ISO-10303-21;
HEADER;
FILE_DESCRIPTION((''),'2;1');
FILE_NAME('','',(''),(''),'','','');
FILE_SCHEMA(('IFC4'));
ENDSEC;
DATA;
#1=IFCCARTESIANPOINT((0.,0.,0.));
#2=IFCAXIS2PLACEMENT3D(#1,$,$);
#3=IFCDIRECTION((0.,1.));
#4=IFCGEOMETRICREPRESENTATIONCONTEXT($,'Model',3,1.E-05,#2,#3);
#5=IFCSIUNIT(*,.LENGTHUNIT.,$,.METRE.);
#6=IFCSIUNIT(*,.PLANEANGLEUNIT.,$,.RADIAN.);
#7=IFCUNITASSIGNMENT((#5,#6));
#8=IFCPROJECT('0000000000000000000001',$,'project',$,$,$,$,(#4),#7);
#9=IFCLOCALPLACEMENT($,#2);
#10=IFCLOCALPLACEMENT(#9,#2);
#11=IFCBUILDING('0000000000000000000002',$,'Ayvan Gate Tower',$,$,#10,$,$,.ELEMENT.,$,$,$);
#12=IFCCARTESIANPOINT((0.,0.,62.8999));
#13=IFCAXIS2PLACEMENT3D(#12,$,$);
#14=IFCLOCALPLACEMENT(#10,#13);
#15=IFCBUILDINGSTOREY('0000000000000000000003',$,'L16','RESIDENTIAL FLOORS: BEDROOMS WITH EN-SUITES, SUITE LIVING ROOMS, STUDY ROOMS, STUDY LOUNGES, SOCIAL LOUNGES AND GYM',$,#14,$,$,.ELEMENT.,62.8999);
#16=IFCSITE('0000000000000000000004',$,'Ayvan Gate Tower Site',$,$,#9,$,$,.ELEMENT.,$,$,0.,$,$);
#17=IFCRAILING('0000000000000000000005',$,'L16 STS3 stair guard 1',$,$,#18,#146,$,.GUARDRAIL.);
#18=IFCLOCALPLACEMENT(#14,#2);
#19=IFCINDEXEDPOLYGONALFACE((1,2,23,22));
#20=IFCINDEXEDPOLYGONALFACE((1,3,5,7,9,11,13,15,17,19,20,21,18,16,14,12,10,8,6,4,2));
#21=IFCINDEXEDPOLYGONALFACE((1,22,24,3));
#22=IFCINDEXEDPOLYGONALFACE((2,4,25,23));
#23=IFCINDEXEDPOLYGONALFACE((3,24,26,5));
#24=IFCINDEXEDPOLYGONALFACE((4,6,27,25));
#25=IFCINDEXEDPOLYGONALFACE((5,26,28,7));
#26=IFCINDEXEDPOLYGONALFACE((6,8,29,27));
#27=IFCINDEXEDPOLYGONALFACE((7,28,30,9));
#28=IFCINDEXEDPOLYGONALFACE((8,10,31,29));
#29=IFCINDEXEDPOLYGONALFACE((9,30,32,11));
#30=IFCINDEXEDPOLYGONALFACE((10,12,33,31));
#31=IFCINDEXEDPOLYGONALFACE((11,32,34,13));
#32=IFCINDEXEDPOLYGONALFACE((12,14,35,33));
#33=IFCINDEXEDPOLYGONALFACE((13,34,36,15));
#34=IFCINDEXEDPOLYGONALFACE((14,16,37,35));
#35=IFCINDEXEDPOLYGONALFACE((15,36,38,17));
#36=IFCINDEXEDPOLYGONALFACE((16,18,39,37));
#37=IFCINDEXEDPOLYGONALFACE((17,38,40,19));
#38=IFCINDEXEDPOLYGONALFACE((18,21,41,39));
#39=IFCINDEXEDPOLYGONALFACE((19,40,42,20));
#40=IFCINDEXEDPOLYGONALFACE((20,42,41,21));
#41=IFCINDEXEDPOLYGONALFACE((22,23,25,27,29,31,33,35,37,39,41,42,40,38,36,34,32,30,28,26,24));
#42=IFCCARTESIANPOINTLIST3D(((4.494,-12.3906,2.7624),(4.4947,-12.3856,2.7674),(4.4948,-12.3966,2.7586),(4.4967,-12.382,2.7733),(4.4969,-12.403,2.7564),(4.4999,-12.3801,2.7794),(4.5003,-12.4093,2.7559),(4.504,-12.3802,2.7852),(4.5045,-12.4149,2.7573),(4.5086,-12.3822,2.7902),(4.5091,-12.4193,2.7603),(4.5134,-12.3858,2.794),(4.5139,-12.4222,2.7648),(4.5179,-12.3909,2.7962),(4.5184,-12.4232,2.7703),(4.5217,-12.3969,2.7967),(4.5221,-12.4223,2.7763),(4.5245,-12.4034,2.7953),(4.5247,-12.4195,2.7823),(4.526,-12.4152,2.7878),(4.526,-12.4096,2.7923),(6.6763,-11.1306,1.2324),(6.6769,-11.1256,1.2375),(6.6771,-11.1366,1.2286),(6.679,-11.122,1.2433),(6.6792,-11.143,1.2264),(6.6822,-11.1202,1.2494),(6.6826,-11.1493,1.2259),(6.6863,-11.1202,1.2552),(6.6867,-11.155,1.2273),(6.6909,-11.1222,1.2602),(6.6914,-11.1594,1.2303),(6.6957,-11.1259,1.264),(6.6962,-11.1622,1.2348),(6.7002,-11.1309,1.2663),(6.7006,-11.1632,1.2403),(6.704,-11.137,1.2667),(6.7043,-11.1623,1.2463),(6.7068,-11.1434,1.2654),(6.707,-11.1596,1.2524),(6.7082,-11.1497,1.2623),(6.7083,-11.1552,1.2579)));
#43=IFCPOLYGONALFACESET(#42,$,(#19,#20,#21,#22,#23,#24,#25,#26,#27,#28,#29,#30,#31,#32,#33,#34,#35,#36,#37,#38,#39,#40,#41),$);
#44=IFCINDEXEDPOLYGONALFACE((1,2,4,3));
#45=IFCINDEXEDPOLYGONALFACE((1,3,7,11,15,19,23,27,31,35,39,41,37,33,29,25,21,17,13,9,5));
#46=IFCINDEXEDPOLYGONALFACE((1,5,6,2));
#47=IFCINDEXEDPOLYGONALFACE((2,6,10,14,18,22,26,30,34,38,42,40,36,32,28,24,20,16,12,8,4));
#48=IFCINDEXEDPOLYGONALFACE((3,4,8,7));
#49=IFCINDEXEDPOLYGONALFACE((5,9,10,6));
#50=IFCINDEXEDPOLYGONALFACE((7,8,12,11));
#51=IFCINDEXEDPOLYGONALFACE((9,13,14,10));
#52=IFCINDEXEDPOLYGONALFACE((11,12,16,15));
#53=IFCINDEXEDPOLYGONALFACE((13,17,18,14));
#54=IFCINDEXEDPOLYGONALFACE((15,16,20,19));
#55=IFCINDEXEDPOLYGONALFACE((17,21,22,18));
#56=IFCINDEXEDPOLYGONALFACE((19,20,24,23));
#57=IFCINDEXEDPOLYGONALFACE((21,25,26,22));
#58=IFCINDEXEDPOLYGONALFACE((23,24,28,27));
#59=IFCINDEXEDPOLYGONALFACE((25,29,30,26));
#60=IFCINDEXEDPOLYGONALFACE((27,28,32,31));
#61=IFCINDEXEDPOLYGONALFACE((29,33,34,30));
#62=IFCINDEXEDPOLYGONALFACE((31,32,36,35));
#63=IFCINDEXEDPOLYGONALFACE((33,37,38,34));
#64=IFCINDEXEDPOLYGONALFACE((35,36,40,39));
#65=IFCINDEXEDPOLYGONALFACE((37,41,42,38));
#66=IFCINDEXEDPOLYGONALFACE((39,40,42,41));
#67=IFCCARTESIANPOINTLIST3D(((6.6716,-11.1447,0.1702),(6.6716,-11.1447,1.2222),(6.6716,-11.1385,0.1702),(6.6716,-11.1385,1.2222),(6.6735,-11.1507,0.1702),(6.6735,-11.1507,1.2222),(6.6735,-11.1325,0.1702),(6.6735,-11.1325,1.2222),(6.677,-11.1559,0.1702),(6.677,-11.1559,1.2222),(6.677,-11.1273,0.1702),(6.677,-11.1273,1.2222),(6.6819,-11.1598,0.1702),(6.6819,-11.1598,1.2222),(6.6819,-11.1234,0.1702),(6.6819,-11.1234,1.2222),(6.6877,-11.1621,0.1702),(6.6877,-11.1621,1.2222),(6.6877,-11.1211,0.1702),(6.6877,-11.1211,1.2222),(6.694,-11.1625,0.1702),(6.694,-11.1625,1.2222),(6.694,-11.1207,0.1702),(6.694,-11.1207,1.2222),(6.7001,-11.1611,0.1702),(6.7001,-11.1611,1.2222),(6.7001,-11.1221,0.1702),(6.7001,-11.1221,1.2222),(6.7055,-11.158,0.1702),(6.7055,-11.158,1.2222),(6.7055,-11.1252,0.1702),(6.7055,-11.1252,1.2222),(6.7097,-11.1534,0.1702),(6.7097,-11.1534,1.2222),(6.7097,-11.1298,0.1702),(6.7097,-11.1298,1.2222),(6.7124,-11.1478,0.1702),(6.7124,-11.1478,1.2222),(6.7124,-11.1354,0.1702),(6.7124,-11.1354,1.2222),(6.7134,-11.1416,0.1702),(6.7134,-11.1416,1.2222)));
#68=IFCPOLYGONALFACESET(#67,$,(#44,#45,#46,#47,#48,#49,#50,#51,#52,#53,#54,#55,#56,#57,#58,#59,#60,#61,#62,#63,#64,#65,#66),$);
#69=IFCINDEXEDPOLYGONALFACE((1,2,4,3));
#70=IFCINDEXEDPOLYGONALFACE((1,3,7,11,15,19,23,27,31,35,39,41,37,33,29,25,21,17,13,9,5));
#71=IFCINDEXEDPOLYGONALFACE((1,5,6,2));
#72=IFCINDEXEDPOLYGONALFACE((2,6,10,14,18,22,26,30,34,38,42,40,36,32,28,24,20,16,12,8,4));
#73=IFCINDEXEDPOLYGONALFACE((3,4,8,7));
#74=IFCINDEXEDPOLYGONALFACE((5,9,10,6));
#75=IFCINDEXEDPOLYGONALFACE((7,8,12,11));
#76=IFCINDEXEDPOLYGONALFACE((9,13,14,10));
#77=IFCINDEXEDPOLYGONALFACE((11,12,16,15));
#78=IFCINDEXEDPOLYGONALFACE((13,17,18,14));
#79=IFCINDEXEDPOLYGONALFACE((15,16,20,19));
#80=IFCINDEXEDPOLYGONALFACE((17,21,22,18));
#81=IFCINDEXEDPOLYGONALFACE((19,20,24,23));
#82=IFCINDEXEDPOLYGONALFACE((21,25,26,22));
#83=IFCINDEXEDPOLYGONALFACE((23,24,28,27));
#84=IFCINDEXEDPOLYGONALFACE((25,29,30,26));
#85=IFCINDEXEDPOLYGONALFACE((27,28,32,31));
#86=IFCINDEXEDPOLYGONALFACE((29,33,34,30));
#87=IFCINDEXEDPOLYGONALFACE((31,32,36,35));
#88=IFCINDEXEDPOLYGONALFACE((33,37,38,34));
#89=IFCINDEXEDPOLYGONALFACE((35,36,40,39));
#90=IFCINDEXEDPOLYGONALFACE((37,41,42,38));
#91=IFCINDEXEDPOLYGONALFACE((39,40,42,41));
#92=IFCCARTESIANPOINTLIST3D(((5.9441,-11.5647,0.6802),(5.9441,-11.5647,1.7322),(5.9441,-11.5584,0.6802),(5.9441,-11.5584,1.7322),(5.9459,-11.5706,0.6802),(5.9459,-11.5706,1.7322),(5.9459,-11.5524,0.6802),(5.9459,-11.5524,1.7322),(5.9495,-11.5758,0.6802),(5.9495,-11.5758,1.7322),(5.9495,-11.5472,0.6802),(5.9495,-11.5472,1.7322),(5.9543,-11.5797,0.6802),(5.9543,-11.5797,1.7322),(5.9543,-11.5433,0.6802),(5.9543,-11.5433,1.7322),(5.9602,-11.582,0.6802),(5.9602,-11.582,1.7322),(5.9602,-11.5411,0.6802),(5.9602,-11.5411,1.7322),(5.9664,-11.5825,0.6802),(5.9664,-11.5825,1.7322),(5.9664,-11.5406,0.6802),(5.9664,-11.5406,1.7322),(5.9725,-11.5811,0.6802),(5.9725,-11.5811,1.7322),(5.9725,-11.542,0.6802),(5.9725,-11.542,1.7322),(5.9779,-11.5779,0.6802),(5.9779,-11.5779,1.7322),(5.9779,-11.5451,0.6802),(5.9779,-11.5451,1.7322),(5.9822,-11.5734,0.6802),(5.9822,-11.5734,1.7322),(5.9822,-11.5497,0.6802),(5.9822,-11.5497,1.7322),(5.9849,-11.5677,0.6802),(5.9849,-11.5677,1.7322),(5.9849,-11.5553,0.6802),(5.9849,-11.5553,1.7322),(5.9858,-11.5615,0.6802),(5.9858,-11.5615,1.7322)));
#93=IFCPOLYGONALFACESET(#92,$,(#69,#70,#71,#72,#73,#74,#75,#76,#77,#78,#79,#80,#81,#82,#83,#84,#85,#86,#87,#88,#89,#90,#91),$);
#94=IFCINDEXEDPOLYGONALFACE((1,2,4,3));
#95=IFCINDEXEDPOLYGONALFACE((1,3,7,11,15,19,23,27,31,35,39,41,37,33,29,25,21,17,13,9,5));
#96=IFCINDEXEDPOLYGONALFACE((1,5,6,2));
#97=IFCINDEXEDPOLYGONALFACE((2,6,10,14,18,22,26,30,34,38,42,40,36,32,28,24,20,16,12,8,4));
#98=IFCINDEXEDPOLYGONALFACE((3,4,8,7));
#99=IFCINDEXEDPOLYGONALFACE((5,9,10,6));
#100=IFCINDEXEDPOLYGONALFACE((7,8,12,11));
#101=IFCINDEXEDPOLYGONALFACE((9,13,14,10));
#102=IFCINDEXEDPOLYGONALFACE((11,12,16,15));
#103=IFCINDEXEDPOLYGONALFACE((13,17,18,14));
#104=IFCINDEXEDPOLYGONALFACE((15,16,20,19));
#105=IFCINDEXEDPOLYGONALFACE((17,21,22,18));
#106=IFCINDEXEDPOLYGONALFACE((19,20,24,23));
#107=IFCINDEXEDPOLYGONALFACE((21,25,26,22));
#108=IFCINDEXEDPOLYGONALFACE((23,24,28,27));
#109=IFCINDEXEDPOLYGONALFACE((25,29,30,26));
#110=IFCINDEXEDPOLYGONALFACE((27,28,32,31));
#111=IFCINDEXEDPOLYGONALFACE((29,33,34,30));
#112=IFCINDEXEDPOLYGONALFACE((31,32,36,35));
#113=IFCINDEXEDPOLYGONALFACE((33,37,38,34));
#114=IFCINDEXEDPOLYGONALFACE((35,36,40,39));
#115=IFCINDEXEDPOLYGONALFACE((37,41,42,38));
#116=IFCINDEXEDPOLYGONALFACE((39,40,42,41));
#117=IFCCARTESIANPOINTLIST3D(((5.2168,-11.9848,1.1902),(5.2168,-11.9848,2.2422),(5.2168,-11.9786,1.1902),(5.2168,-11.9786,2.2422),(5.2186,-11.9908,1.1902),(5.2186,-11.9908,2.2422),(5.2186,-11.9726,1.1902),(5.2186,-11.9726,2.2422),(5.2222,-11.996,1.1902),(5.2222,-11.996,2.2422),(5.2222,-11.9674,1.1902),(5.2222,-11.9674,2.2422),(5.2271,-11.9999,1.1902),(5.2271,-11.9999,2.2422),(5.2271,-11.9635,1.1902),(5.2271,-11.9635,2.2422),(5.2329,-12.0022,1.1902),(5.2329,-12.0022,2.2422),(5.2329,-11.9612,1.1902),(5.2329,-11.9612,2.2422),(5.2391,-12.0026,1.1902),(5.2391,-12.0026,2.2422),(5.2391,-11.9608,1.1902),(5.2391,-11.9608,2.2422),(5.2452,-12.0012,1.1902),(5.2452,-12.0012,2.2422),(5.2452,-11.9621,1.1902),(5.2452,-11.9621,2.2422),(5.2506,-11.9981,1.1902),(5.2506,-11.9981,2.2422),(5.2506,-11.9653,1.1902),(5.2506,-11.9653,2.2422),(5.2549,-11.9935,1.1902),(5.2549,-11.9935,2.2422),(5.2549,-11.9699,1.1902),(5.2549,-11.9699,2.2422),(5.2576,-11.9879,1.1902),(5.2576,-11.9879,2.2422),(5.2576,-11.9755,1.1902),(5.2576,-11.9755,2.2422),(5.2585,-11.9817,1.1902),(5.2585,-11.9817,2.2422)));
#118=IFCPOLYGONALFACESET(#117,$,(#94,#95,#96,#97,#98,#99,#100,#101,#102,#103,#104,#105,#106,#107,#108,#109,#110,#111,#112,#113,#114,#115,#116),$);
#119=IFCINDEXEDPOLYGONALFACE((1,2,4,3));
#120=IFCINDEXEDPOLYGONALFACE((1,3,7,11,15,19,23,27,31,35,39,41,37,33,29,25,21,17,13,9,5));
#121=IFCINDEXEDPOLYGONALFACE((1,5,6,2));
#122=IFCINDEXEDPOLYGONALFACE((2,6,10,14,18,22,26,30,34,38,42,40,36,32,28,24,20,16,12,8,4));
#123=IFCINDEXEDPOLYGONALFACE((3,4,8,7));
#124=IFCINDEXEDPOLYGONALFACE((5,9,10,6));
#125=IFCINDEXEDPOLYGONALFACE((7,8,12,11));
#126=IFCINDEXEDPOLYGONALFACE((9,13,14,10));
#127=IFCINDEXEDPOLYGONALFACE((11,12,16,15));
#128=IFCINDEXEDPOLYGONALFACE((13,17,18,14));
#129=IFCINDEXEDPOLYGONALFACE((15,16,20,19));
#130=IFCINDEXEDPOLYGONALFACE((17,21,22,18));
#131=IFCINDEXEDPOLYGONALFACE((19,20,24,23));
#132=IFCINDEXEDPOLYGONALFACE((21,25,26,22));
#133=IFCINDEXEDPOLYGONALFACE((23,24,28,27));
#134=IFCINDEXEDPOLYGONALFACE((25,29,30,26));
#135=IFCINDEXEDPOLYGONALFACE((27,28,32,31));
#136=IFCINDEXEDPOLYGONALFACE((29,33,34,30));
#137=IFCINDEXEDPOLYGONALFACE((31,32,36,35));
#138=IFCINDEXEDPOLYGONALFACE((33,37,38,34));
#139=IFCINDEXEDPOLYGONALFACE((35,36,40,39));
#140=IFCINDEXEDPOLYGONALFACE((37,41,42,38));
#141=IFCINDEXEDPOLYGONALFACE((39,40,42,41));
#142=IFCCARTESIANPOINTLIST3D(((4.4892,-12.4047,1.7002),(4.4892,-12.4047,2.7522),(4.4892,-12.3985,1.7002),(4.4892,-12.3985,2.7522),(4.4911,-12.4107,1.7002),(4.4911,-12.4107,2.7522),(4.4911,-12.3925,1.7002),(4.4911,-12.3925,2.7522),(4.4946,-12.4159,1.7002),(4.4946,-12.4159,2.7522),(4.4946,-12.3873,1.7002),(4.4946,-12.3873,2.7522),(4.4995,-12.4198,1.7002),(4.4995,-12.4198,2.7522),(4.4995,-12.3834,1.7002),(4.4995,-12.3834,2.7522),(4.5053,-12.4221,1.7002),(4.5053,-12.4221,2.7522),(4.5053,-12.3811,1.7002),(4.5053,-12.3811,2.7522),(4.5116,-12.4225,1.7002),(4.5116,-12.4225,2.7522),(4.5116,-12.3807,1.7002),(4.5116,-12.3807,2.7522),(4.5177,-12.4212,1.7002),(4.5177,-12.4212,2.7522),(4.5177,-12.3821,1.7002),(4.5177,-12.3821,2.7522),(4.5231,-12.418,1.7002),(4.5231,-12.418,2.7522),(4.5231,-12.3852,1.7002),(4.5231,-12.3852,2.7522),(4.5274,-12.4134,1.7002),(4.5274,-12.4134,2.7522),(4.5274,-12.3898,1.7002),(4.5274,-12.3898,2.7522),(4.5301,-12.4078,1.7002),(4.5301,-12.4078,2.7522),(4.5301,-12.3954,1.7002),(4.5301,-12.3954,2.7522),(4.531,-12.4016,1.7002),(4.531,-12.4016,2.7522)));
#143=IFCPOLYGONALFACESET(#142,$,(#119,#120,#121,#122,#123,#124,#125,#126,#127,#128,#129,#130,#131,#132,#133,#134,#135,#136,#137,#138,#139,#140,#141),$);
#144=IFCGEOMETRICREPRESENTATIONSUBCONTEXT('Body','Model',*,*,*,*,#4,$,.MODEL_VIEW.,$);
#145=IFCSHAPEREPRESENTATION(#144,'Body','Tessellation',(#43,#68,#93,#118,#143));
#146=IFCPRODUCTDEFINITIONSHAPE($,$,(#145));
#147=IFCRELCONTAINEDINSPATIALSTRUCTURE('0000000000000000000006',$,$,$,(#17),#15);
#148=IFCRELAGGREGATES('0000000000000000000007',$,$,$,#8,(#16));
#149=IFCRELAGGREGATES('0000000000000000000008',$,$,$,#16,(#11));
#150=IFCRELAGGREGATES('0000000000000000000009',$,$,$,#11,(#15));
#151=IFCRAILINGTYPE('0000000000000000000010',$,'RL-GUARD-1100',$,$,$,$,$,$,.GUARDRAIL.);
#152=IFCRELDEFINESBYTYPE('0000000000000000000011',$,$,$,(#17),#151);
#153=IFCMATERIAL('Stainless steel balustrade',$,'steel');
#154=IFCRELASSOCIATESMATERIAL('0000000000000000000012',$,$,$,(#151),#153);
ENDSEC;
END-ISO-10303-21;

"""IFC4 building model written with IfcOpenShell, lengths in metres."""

from ifc_helpers import new_model, si_unit, direction, frame, origin, origin_2d, place, context, subcontext, project, spatial, circle, extrude, material, type_object, element, save


model = new_model("IFC4")

# Units and contexts
model_context = context("Model", 3, precision=1e-05, world=origin(), true_north=direction((0.0, 1.0)))
body_context = subcontext(model_context, "Body", "Model", "MODEL_VIEW")
ifc_project = project(units=[si_unit("LENGTHUNIT", "METRE"), si_unit("PLANEANGLEUNIT", "RADIAN")], contexts=[model_context])

# Site, building, storey
site_placement = place(None, origin())
site = spatial("IfcSite", under=ifc_project, at=site_placement, Name="Ayvan Gate Tower Site", CompositionType="ELEMENT", RefElevation=0.0)
building_placement = place(site_placement, origin())
building = spatial("IfcBuilding", under=site, at=building_placement, Name="Ayvan Gate Tower", CompositionType="ELEMENT")
storey_placement = place(building_placement, frame((0.0, 0.0, 62.8999)))
storey = spatial("IfcBuildingStorey", under=building, at=storey_placement, Name="L16", Description="RESIDENTIAL FLOORS: BEDROOMS WITH EN-SUITES, SUITE LIVING ROOMS, STUDY ROOMS, STUDY LOUNGES, SOCIAL LOUNGES AND GYM", CompositionType="ELEMENT", Elevation=62.8999)

# Railing
ifc_material_1 = material(Name="Stainless steel balustrade", Category="steel")
railing_type_1 = type_object("IfcRailingType", Name="RL-GUARD-1100", PredefinedType="GUARDRAIL", material=ifc_material_1)
railing_1_placement = place(storey_placement, frame((6.6924, -11.1416, 0.1702)))
element("IfcRailing", 1, at=railing_1_placement, inside=storey, type_object=railing_type_1, Name="L16 STS3 stair guard 1", PredefinedType="GUARDRAIL", context=body_context, shape_type="SweptSolid", body=[
    extrude(circle(Radius=0.0239, at=origin_2d()), frame((0.0, 0.0, 1.0762), z_axis=(-0.740261, -0.427395, 0.518986), x_axis=(0.500005, -0.866023, 0.0)), (0.0, 0.0, 1.0), 2.948),
    extrude(circle(Radius=0.021, at=origin_2d()), origin(), (0.0, 0.0, 1.0), 1.052),
    extrude(circle(Radius=0.021, at=origin_2d()), frame((-0.7275, -0.4199, 0.51)), (0.0, 0.0, 1.0), 1.052),
    extrude(circle(Radius=0.021, at=origin_2d()), frame((-1.4548, -0.8401, 1.02)), (0.0, 0.0, 1.0), 1.052),
    extrude(circle(Radius=0.021, at=origin_2d()), frame((-2.1824, -1.26, 1.53)), (0.0, 0.0, 1.0), 1.052),
])

save(model, "model.ifc")
